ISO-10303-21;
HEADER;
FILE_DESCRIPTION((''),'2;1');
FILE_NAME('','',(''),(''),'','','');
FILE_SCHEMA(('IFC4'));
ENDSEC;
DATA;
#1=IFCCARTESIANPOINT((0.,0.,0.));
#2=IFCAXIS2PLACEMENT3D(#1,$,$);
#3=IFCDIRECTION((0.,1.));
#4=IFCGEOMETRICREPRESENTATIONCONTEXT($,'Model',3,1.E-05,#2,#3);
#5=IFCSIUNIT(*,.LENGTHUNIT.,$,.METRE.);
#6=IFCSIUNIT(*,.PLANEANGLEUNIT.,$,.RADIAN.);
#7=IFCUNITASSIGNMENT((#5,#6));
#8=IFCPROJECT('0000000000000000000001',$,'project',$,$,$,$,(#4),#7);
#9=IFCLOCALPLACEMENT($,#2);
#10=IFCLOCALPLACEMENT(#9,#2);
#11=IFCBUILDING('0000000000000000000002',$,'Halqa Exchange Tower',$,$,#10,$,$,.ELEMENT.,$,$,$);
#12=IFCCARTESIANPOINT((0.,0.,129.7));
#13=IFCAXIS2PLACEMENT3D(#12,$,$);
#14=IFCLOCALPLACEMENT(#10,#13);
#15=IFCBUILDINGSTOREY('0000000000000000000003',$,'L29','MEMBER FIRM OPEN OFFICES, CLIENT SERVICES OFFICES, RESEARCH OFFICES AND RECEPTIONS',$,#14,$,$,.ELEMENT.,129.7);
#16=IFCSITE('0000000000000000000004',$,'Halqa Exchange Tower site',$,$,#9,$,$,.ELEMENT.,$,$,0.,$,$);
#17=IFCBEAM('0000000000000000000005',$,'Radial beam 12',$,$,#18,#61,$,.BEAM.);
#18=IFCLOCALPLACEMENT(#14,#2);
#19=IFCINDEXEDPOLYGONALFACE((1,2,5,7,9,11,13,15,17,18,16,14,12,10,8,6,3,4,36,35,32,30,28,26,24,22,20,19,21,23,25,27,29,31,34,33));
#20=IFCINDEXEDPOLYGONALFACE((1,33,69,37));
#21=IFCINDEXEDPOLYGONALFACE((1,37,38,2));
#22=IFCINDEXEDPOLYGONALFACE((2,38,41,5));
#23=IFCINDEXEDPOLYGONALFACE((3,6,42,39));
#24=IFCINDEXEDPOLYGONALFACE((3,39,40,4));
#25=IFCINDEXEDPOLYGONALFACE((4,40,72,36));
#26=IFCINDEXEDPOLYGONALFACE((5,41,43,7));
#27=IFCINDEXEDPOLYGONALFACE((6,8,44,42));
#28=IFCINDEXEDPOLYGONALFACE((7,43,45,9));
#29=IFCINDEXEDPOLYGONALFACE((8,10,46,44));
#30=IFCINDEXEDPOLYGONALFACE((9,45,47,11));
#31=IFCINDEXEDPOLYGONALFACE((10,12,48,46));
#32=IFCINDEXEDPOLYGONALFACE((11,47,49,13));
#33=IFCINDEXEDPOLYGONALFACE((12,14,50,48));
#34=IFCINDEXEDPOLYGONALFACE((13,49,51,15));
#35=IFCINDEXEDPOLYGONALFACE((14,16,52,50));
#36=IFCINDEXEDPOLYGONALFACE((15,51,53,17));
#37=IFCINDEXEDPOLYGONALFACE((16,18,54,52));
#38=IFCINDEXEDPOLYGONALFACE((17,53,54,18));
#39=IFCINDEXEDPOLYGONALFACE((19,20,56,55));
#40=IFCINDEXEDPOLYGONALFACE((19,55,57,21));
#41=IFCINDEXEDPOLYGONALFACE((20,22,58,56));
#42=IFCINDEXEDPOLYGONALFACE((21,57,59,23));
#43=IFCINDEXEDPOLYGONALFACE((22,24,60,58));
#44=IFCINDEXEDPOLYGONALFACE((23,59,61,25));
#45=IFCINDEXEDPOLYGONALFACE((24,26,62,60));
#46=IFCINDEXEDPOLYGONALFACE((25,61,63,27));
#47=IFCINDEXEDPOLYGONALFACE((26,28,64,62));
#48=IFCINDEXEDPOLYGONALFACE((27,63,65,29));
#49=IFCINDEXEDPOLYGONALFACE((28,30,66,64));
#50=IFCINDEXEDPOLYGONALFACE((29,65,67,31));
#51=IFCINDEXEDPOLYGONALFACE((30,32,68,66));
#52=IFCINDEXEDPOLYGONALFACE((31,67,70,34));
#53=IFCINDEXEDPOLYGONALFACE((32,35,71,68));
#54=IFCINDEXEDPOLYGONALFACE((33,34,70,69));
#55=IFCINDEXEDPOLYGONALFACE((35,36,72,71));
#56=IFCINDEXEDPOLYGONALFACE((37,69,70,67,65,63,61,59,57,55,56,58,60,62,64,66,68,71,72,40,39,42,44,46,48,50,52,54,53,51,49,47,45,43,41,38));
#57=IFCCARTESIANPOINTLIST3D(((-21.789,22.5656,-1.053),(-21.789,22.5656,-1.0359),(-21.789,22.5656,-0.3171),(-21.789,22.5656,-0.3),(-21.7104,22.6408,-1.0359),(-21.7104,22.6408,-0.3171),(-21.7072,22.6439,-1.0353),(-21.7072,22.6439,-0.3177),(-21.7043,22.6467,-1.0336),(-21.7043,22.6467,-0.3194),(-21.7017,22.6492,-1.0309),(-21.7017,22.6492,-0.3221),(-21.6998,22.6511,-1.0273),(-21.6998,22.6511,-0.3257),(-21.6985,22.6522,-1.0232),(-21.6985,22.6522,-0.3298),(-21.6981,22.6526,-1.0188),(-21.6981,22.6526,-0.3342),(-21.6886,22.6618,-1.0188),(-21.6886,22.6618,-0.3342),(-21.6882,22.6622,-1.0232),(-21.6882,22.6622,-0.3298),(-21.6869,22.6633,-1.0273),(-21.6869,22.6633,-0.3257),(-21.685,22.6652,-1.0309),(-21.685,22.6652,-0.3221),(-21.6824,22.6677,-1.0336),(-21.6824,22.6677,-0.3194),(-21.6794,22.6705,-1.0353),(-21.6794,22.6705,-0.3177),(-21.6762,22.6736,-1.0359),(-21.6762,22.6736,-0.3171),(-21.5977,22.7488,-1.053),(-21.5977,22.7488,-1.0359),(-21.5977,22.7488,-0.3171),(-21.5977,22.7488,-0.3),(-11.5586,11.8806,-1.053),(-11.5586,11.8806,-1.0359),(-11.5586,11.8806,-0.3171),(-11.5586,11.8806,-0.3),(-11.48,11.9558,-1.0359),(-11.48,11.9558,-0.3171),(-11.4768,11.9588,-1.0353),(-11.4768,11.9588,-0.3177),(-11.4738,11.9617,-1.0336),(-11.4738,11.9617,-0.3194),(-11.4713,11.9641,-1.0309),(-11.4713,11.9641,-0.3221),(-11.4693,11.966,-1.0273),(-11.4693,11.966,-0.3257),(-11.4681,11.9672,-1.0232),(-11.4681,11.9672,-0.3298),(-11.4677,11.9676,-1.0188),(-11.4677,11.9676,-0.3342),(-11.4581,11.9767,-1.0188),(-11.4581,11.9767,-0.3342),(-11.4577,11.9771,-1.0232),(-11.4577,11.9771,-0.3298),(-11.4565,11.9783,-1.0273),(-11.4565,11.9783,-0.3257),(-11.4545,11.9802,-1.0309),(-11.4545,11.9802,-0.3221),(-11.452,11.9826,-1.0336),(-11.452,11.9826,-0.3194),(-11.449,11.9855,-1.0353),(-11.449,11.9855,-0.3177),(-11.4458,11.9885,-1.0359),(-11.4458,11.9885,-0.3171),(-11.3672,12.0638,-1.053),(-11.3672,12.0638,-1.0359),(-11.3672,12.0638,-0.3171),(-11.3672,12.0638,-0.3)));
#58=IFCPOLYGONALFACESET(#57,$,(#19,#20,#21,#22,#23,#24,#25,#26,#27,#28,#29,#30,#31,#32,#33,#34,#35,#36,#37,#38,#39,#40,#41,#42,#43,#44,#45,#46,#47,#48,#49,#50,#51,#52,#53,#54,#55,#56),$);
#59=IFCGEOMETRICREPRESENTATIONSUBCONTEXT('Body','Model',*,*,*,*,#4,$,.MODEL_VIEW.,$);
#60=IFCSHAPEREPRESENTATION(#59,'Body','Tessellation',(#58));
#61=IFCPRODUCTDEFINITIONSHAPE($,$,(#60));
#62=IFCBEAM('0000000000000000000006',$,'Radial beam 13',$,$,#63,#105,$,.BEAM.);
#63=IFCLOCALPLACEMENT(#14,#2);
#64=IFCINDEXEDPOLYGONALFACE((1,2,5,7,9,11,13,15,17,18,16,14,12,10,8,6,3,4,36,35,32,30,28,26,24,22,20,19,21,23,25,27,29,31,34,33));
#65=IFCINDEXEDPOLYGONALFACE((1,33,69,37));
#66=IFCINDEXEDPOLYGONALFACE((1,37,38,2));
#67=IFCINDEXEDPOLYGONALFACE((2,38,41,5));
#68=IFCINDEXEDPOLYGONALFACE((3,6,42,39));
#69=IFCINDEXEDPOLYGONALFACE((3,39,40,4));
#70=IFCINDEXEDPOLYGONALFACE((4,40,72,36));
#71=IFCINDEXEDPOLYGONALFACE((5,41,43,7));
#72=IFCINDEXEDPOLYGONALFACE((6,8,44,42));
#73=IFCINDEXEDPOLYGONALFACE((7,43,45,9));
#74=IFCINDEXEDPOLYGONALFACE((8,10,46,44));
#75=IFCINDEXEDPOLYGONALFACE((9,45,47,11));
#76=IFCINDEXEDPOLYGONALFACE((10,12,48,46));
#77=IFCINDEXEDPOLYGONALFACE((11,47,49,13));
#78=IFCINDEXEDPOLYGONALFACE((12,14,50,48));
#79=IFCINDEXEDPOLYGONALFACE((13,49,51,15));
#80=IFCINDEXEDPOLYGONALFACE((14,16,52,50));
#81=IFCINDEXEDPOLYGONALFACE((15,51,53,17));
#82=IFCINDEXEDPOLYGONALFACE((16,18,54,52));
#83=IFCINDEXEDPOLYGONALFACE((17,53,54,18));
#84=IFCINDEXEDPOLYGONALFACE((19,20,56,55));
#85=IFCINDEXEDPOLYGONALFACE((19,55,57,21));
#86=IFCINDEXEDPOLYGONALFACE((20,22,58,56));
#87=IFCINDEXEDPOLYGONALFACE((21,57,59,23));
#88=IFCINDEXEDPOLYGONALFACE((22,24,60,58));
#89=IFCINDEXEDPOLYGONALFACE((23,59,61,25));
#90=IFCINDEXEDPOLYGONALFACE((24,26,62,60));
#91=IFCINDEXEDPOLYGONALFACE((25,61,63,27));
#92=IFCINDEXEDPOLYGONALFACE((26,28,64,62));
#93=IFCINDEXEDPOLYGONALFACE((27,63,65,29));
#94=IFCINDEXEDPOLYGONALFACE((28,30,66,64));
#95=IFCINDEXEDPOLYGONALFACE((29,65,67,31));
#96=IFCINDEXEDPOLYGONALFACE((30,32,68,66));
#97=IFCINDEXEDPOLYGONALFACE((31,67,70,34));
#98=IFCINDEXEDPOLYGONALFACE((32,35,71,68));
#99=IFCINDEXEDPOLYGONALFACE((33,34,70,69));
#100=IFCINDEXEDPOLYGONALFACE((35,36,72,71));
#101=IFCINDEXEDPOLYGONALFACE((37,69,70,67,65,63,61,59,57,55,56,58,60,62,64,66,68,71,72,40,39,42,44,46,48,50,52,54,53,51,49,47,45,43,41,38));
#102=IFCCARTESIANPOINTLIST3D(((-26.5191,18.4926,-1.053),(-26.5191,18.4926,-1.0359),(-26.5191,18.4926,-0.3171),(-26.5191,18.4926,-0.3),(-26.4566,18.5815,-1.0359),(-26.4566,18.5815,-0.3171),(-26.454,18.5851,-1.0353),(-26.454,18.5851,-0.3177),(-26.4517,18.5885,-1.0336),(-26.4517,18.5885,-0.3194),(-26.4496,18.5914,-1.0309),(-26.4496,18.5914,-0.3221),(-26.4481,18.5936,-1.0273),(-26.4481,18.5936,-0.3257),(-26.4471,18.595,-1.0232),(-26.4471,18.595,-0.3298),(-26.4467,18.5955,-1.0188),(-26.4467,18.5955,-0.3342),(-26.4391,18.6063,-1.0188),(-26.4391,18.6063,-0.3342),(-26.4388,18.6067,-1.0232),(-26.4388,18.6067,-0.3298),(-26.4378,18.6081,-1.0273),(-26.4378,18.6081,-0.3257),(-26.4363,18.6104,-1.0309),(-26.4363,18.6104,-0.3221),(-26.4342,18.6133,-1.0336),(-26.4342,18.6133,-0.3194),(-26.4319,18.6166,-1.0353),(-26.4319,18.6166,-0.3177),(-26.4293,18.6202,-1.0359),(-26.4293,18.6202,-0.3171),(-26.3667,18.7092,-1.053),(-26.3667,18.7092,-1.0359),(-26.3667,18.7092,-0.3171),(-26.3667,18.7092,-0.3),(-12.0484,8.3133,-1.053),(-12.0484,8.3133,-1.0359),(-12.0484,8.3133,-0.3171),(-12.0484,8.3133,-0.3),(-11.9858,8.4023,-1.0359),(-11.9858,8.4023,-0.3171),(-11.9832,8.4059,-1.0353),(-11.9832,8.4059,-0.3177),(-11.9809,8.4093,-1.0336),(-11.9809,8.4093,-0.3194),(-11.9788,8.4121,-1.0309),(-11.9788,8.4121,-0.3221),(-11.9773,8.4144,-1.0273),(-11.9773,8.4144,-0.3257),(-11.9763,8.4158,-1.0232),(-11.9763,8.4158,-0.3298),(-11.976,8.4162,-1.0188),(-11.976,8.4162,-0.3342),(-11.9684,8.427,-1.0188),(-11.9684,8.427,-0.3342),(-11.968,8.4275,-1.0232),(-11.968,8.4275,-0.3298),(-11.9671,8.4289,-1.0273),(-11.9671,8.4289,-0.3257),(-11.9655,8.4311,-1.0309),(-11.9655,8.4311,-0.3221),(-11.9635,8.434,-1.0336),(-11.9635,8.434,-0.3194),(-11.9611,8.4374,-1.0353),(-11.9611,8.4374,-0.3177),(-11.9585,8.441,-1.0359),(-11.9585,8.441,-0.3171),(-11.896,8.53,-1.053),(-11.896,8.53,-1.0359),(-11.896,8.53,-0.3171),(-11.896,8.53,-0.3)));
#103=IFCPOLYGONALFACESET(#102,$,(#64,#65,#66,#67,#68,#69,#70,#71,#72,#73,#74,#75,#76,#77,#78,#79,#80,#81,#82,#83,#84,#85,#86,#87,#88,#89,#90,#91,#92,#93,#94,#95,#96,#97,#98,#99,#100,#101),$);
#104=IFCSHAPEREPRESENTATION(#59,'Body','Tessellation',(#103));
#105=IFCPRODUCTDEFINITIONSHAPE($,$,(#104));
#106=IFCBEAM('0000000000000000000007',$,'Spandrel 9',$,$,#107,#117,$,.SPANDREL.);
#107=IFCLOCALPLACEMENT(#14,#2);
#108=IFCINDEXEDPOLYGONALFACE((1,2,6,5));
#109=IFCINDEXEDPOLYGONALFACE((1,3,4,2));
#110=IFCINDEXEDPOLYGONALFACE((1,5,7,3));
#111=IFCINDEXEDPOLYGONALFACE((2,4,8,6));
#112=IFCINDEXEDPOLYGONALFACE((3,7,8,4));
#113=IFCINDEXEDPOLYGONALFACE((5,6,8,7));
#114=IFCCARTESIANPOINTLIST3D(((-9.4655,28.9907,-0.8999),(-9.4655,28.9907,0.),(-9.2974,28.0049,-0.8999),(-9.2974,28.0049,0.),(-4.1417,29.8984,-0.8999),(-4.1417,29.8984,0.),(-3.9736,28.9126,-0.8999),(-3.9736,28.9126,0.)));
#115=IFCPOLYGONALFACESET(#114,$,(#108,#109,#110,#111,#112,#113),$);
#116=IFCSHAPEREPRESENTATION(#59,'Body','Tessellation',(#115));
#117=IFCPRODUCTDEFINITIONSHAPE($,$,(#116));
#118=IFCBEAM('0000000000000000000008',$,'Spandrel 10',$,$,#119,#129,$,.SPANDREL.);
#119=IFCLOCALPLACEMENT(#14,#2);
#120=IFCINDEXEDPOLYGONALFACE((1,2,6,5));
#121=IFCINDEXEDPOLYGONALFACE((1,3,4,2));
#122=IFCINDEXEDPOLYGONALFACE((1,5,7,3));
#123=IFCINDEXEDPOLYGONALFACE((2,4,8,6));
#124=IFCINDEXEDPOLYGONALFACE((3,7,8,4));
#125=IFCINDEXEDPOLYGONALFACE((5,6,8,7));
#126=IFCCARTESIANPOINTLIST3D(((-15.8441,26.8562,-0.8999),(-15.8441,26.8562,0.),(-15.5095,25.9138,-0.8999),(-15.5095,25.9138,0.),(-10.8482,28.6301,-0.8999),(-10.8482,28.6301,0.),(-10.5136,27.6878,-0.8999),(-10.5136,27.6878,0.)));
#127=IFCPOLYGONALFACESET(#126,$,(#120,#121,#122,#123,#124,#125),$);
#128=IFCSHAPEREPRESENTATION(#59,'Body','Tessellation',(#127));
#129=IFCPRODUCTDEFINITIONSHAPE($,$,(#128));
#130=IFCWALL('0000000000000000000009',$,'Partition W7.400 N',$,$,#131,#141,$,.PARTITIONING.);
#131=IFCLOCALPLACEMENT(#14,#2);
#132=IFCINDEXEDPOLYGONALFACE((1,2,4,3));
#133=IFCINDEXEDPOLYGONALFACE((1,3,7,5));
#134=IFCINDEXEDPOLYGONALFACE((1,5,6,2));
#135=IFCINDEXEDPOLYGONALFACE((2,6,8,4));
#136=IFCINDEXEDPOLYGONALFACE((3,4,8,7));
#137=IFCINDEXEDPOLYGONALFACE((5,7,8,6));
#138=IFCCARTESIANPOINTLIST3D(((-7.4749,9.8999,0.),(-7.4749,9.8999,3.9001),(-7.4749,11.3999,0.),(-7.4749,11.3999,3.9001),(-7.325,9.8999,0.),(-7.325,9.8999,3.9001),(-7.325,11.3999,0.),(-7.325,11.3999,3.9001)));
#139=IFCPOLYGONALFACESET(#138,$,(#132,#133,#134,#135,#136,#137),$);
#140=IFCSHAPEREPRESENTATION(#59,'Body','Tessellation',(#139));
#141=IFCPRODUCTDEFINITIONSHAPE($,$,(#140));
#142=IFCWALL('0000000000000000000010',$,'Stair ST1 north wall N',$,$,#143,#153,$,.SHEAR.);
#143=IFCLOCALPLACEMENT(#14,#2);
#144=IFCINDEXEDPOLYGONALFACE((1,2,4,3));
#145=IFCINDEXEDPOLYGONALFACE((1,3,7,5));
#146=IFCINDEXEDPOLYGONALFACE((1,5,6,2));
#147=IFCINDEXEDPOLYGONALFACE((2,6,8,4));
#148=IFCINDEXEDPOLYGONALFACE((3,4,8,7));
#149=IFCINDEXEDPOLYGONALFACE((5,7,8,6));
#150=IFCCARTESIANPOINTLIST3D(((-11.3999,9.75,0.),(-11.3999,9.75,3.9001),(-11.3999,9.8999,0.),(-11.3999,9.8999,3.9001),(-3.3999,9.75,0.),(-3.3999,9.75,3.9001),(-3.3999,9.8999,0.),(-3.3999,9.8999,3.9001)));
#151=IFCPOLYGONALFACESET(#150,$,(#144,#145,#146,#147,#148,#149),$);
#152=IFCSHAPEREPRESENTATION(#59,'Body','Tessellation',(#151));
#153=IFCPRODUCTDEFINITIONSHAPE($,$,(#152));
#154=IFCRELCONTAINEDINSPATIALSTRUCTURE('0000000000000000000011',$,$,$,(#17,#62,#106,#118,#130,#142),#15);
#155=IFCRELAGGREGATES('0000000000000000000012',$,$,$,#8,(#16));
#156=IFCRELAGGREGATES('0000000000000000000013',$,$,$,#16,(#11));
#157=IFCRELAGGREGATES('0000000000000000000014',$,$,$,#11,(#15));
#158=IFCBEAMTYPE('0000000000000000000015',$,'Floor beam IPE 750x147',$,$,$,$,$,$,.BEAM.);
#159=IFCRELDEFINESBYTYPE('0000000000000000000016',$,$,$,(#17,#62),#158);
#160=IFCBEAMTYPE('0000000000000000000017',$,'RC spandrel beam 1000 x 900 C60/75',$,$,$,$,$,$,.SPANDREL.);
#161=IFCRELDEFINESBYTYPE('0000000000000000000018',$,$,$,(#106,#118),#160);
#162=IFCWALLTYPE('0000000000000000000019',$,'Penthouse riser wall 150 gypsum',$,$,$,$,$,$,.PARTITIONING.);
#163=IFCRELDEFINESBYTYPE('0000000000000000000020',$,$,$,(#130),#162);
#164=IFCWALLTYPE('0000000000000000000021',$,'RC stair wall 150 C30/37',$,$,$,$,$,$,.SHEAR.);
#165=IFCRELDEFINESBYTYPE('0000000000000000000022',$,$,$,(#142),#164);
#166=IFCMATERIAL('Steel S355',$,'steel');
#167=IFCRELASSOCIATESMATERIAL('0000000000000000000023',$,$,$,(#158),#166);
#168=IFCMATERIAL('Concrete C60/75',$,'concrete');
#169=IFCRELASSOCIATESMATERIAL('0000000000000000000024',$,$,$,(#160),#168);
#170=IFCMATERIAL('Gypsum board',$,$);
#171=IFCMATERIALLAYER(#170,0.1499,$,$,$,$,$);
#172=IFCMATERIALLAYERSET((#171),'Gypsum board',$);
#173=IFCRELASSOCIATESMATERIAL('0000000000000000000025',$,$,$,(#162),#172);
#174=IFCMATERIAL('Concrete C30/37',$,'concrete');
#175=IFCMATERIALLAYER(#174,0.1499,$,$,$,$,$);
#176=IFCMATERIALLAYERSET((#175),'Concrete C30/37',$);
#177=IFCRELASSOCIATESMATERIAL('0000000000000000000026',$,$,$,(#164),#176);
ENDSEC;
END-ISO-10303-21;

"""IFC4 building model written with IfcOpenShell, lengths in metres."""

from ifc_helpers import new_model, si_unit, direction, frame, frame_2d, origin, origin_2d, place, context, subcontext, project, spatial, rectangle, i_section, extrude, material, layer, layer_set, material_profile, profile_set, type_object, element, save


model = new_model("IFC4")

# Units and contexts
model_context = context("Model", 3, precision=1e-05, world=origin(), true_north=direction((0.0, 1.0)))
body_context = subcontext(model_context, "Body", "Model", "MODEL_VIEW")
ifc_project = project(units=[si_unit("LENGTHUNIT", "METRE"), si_unit("PLANEANGLEUNIT", "RADIAN")], contexts=[model_context])

# Site, building, storey
site_placement = place(None, origin())
site = spatial("IfcSite", under=ifc_project, at=site_placement, Name="Halqa Exchange Tower site", CompositionType="ELEMENT", RefElevation=0.0)
building_placement = place(site_placement, origin())
building = spatial("IfcBuilding", under=site, at=building_placement, Name="Halqa Exchange Tower", CompositionType="ELEMENT")
storey_placement = place(building_placement, frame((0.0, 0.0, 129.7)))
storey = spatial("IfcBuildingStorey", under=building, at=storey_placement, Name="L29", Description="MEMBER FIRM OPEN OFFICES, CLIENT SERVICES OFFICES, RESEARCH OFFICES AND RECEPTIONS", CompositionType="ELEMENT", Elevation=129.7)

# Beams
ifc_material_1 = material(Name="Steel S355", Category="steel")
ifc_material_profile_1 = material_profile(ifc_material_1, i_section(OverallWidth=0.2649, OverallDepth=0.7529, WebThickness=0.0132, FlangeThickness=0.0171, FilletRadius=0.0171, at=origin_2d()), Name="IPE 750x147")
ifc_profile_set_1 = profile_set([ifc_material_profile_1], Name="Steel S355")
beam_type_1 = type_object("IfcBeamType", Name="Floor beam IPE 750x147", PredefinedType="BEAM", material=ifc_profile_set_1)
beam_1_placement = place(storey_placement, frame((-11.4629, 11.9722, -0.6765), z_axis=(-0.691575, 0.722305, 0.0), x_axis=(-0.722305, -0.691575, 0.0)))
element("IfcBeam", 1, at=beam_1_placement, inside=storey, type_object=beam_type_1, Name="Radial beam 12", PredefinedType="BEAM", context=body_context, shape_type="SweptSolid", body=[
    extrude(i_section(OverallWidth=0.2649, OverallDepth=0.7529, WebThickness=0.0132, FlangeThickness=0.0171, FilletRadius=0.0171, at=origin_2d()), origin(), (0.0, 0.0, 1.0), 14.793),
])
beam_2_placement = place(storey_placement, frame((-11.9722, 8.4216, -0.6765), z_axis=(-0.81791, 0.575346, 0.0), x_axis=(-0.575346, -0.81791, 0.0)))
element("IfcBeam", 2, at=beam_2_placement, inside=storey, type_object=beam_type_1, Name="Radial beam 13", PredefinedType="BEAM", context=body_context, shape_type="SweptSolid", body=[
    extrude(i_section(OverallWidth=0.2649, OverallDepth=0.7529, WebThickness=0.0132, FlangeThickness=0.0171, FilletRadius=0.0171, at=origin_2d()), origin(), (0.0, 0.0, 1.0), 17.6924),
])
ifc_material_2 = material(Name="Concrete C60/75", Category="concrete")
ifc_material_profile_2 = material_profile(ifc_material_2, rectangle(XDim=1.0, YDim=0.8999, at=origin_2d()), Name="1000 x 900")
ifc_profile_set_2 = profile_set([ifc_material_profile_2], Name="Concrete C60/75")
beam_type_2 = type_object("IfcBeamType", Name="RC spandrel beam 1000 x 900 C60/75", PredefinedType="SPANDREL", material=ifc_profile_set_2)
beam_3_placement = place(storey_placement, frame((-4.0576, 29.4055, -0.45), z_axis=(-0.985774, -0.168078, 0.0), x_axis=(0.168078, -0.985774, 0.0)))
element("IfcBeam", 3, at=beam_3_placement, inside=storey, type_object=beam_type_2, Name="Spandrel 9", PredefinedType="SPANDREL", context=body_context, shape_type="SweptSolid", body=[
    extrude(rectangle(XDim=1.0, YDim=0.8999, at=origin_2d()), origin(), (0.0, 0.0, 1.0), 5.4006),
])
beam_4_placement = place(storey_placement, frame((-10.6809, 28.1589, -0.45), z_axis=(-0.942356, -0.334612, 0.0), x_axis=(0.334612, -0.942356, 0.0)))
element("IfcBeam", 4, at=beam_4_placement, inside=storey, type_object=beam_type_2, Name="Spandrel 10", PredefinedType="SPANDREL", context=body_context, shape_type="SweptSolid", body=[
    extrude(rectangle(XDim=1.0, YDim=0.8999, at=origin_2d()), origin(), (0.0, 0.0, 1.0), 5.3015),
])

# Walls
ifc_material_3 = material(Name="Gypsum board")
ifc_layer_1 = layer(ifc_material_3, 0.1499)
ifc_layer_set_1 = layer_set([ifc_layer_1], Name="Gypsum board")
wall_type_1 = type_object("IfcWallType", Name="Penthouse riser wall 150 gypsum", PredefinedType="PARTITIONING", material=ifc_layer_set_1)
wall_1_placement = place(storey_placement, frame((-7.3999, 9.8999, 0.0), z_axis=(0.0, 0.0, 1.0), x_axis=(0.0, 1.0, 0.0)))
element("IfcWall", 5, at=wall_1_placement, inside=storey, type_object=wall_type_1, Name="Partition W7.400 N", PredefinedType="PARTITIONING", context=body_context, shape_type="SweptSolid", body=[
    extrude(rectangle(XDim=1.5, YDim=0.1499, at=frame_2d((0.75, 0.0))), origin(), (0.0, 0.0, 1.0), 3.9001),
])
ifc_material_4 = material(Name="Concrete C30/37", Category="concrete")
ifc_layer_2 = layer(ifc_material_4, 0.1499)
ifc_layer_set_2 = layer_set([ifc_layer_2], Name="Concrete C30/37")
wall_type_2 = type_object("IfcWallType", Name="RC stair wall 150 C30/37", PredefinedType="SHEAR", material=ifc_layer_set_2)
wall_2_placement = place(storey_placement, frame((-11.3999, 9.825, 0.0), z_axis=(0.0, 0.0, 1.0), x_axis=(1.0, 0.0, 0.0)))
element("IfcWall", 6, at=wall_2_placement, inside=storey, type_object=wall_type_2, Name="Stair ST1 north wall N", PredefinedType="SHEAR", context=body_context, shape_type="SweptSolid", body=[
    extrude(rectangle(XDim=8.0, YDim=0.1499, at=frame_2d((4.0, 0.0))), origin(), (0.0, 0.0, 1.0), 3.9001),
])

save(model, "model.ifc")
